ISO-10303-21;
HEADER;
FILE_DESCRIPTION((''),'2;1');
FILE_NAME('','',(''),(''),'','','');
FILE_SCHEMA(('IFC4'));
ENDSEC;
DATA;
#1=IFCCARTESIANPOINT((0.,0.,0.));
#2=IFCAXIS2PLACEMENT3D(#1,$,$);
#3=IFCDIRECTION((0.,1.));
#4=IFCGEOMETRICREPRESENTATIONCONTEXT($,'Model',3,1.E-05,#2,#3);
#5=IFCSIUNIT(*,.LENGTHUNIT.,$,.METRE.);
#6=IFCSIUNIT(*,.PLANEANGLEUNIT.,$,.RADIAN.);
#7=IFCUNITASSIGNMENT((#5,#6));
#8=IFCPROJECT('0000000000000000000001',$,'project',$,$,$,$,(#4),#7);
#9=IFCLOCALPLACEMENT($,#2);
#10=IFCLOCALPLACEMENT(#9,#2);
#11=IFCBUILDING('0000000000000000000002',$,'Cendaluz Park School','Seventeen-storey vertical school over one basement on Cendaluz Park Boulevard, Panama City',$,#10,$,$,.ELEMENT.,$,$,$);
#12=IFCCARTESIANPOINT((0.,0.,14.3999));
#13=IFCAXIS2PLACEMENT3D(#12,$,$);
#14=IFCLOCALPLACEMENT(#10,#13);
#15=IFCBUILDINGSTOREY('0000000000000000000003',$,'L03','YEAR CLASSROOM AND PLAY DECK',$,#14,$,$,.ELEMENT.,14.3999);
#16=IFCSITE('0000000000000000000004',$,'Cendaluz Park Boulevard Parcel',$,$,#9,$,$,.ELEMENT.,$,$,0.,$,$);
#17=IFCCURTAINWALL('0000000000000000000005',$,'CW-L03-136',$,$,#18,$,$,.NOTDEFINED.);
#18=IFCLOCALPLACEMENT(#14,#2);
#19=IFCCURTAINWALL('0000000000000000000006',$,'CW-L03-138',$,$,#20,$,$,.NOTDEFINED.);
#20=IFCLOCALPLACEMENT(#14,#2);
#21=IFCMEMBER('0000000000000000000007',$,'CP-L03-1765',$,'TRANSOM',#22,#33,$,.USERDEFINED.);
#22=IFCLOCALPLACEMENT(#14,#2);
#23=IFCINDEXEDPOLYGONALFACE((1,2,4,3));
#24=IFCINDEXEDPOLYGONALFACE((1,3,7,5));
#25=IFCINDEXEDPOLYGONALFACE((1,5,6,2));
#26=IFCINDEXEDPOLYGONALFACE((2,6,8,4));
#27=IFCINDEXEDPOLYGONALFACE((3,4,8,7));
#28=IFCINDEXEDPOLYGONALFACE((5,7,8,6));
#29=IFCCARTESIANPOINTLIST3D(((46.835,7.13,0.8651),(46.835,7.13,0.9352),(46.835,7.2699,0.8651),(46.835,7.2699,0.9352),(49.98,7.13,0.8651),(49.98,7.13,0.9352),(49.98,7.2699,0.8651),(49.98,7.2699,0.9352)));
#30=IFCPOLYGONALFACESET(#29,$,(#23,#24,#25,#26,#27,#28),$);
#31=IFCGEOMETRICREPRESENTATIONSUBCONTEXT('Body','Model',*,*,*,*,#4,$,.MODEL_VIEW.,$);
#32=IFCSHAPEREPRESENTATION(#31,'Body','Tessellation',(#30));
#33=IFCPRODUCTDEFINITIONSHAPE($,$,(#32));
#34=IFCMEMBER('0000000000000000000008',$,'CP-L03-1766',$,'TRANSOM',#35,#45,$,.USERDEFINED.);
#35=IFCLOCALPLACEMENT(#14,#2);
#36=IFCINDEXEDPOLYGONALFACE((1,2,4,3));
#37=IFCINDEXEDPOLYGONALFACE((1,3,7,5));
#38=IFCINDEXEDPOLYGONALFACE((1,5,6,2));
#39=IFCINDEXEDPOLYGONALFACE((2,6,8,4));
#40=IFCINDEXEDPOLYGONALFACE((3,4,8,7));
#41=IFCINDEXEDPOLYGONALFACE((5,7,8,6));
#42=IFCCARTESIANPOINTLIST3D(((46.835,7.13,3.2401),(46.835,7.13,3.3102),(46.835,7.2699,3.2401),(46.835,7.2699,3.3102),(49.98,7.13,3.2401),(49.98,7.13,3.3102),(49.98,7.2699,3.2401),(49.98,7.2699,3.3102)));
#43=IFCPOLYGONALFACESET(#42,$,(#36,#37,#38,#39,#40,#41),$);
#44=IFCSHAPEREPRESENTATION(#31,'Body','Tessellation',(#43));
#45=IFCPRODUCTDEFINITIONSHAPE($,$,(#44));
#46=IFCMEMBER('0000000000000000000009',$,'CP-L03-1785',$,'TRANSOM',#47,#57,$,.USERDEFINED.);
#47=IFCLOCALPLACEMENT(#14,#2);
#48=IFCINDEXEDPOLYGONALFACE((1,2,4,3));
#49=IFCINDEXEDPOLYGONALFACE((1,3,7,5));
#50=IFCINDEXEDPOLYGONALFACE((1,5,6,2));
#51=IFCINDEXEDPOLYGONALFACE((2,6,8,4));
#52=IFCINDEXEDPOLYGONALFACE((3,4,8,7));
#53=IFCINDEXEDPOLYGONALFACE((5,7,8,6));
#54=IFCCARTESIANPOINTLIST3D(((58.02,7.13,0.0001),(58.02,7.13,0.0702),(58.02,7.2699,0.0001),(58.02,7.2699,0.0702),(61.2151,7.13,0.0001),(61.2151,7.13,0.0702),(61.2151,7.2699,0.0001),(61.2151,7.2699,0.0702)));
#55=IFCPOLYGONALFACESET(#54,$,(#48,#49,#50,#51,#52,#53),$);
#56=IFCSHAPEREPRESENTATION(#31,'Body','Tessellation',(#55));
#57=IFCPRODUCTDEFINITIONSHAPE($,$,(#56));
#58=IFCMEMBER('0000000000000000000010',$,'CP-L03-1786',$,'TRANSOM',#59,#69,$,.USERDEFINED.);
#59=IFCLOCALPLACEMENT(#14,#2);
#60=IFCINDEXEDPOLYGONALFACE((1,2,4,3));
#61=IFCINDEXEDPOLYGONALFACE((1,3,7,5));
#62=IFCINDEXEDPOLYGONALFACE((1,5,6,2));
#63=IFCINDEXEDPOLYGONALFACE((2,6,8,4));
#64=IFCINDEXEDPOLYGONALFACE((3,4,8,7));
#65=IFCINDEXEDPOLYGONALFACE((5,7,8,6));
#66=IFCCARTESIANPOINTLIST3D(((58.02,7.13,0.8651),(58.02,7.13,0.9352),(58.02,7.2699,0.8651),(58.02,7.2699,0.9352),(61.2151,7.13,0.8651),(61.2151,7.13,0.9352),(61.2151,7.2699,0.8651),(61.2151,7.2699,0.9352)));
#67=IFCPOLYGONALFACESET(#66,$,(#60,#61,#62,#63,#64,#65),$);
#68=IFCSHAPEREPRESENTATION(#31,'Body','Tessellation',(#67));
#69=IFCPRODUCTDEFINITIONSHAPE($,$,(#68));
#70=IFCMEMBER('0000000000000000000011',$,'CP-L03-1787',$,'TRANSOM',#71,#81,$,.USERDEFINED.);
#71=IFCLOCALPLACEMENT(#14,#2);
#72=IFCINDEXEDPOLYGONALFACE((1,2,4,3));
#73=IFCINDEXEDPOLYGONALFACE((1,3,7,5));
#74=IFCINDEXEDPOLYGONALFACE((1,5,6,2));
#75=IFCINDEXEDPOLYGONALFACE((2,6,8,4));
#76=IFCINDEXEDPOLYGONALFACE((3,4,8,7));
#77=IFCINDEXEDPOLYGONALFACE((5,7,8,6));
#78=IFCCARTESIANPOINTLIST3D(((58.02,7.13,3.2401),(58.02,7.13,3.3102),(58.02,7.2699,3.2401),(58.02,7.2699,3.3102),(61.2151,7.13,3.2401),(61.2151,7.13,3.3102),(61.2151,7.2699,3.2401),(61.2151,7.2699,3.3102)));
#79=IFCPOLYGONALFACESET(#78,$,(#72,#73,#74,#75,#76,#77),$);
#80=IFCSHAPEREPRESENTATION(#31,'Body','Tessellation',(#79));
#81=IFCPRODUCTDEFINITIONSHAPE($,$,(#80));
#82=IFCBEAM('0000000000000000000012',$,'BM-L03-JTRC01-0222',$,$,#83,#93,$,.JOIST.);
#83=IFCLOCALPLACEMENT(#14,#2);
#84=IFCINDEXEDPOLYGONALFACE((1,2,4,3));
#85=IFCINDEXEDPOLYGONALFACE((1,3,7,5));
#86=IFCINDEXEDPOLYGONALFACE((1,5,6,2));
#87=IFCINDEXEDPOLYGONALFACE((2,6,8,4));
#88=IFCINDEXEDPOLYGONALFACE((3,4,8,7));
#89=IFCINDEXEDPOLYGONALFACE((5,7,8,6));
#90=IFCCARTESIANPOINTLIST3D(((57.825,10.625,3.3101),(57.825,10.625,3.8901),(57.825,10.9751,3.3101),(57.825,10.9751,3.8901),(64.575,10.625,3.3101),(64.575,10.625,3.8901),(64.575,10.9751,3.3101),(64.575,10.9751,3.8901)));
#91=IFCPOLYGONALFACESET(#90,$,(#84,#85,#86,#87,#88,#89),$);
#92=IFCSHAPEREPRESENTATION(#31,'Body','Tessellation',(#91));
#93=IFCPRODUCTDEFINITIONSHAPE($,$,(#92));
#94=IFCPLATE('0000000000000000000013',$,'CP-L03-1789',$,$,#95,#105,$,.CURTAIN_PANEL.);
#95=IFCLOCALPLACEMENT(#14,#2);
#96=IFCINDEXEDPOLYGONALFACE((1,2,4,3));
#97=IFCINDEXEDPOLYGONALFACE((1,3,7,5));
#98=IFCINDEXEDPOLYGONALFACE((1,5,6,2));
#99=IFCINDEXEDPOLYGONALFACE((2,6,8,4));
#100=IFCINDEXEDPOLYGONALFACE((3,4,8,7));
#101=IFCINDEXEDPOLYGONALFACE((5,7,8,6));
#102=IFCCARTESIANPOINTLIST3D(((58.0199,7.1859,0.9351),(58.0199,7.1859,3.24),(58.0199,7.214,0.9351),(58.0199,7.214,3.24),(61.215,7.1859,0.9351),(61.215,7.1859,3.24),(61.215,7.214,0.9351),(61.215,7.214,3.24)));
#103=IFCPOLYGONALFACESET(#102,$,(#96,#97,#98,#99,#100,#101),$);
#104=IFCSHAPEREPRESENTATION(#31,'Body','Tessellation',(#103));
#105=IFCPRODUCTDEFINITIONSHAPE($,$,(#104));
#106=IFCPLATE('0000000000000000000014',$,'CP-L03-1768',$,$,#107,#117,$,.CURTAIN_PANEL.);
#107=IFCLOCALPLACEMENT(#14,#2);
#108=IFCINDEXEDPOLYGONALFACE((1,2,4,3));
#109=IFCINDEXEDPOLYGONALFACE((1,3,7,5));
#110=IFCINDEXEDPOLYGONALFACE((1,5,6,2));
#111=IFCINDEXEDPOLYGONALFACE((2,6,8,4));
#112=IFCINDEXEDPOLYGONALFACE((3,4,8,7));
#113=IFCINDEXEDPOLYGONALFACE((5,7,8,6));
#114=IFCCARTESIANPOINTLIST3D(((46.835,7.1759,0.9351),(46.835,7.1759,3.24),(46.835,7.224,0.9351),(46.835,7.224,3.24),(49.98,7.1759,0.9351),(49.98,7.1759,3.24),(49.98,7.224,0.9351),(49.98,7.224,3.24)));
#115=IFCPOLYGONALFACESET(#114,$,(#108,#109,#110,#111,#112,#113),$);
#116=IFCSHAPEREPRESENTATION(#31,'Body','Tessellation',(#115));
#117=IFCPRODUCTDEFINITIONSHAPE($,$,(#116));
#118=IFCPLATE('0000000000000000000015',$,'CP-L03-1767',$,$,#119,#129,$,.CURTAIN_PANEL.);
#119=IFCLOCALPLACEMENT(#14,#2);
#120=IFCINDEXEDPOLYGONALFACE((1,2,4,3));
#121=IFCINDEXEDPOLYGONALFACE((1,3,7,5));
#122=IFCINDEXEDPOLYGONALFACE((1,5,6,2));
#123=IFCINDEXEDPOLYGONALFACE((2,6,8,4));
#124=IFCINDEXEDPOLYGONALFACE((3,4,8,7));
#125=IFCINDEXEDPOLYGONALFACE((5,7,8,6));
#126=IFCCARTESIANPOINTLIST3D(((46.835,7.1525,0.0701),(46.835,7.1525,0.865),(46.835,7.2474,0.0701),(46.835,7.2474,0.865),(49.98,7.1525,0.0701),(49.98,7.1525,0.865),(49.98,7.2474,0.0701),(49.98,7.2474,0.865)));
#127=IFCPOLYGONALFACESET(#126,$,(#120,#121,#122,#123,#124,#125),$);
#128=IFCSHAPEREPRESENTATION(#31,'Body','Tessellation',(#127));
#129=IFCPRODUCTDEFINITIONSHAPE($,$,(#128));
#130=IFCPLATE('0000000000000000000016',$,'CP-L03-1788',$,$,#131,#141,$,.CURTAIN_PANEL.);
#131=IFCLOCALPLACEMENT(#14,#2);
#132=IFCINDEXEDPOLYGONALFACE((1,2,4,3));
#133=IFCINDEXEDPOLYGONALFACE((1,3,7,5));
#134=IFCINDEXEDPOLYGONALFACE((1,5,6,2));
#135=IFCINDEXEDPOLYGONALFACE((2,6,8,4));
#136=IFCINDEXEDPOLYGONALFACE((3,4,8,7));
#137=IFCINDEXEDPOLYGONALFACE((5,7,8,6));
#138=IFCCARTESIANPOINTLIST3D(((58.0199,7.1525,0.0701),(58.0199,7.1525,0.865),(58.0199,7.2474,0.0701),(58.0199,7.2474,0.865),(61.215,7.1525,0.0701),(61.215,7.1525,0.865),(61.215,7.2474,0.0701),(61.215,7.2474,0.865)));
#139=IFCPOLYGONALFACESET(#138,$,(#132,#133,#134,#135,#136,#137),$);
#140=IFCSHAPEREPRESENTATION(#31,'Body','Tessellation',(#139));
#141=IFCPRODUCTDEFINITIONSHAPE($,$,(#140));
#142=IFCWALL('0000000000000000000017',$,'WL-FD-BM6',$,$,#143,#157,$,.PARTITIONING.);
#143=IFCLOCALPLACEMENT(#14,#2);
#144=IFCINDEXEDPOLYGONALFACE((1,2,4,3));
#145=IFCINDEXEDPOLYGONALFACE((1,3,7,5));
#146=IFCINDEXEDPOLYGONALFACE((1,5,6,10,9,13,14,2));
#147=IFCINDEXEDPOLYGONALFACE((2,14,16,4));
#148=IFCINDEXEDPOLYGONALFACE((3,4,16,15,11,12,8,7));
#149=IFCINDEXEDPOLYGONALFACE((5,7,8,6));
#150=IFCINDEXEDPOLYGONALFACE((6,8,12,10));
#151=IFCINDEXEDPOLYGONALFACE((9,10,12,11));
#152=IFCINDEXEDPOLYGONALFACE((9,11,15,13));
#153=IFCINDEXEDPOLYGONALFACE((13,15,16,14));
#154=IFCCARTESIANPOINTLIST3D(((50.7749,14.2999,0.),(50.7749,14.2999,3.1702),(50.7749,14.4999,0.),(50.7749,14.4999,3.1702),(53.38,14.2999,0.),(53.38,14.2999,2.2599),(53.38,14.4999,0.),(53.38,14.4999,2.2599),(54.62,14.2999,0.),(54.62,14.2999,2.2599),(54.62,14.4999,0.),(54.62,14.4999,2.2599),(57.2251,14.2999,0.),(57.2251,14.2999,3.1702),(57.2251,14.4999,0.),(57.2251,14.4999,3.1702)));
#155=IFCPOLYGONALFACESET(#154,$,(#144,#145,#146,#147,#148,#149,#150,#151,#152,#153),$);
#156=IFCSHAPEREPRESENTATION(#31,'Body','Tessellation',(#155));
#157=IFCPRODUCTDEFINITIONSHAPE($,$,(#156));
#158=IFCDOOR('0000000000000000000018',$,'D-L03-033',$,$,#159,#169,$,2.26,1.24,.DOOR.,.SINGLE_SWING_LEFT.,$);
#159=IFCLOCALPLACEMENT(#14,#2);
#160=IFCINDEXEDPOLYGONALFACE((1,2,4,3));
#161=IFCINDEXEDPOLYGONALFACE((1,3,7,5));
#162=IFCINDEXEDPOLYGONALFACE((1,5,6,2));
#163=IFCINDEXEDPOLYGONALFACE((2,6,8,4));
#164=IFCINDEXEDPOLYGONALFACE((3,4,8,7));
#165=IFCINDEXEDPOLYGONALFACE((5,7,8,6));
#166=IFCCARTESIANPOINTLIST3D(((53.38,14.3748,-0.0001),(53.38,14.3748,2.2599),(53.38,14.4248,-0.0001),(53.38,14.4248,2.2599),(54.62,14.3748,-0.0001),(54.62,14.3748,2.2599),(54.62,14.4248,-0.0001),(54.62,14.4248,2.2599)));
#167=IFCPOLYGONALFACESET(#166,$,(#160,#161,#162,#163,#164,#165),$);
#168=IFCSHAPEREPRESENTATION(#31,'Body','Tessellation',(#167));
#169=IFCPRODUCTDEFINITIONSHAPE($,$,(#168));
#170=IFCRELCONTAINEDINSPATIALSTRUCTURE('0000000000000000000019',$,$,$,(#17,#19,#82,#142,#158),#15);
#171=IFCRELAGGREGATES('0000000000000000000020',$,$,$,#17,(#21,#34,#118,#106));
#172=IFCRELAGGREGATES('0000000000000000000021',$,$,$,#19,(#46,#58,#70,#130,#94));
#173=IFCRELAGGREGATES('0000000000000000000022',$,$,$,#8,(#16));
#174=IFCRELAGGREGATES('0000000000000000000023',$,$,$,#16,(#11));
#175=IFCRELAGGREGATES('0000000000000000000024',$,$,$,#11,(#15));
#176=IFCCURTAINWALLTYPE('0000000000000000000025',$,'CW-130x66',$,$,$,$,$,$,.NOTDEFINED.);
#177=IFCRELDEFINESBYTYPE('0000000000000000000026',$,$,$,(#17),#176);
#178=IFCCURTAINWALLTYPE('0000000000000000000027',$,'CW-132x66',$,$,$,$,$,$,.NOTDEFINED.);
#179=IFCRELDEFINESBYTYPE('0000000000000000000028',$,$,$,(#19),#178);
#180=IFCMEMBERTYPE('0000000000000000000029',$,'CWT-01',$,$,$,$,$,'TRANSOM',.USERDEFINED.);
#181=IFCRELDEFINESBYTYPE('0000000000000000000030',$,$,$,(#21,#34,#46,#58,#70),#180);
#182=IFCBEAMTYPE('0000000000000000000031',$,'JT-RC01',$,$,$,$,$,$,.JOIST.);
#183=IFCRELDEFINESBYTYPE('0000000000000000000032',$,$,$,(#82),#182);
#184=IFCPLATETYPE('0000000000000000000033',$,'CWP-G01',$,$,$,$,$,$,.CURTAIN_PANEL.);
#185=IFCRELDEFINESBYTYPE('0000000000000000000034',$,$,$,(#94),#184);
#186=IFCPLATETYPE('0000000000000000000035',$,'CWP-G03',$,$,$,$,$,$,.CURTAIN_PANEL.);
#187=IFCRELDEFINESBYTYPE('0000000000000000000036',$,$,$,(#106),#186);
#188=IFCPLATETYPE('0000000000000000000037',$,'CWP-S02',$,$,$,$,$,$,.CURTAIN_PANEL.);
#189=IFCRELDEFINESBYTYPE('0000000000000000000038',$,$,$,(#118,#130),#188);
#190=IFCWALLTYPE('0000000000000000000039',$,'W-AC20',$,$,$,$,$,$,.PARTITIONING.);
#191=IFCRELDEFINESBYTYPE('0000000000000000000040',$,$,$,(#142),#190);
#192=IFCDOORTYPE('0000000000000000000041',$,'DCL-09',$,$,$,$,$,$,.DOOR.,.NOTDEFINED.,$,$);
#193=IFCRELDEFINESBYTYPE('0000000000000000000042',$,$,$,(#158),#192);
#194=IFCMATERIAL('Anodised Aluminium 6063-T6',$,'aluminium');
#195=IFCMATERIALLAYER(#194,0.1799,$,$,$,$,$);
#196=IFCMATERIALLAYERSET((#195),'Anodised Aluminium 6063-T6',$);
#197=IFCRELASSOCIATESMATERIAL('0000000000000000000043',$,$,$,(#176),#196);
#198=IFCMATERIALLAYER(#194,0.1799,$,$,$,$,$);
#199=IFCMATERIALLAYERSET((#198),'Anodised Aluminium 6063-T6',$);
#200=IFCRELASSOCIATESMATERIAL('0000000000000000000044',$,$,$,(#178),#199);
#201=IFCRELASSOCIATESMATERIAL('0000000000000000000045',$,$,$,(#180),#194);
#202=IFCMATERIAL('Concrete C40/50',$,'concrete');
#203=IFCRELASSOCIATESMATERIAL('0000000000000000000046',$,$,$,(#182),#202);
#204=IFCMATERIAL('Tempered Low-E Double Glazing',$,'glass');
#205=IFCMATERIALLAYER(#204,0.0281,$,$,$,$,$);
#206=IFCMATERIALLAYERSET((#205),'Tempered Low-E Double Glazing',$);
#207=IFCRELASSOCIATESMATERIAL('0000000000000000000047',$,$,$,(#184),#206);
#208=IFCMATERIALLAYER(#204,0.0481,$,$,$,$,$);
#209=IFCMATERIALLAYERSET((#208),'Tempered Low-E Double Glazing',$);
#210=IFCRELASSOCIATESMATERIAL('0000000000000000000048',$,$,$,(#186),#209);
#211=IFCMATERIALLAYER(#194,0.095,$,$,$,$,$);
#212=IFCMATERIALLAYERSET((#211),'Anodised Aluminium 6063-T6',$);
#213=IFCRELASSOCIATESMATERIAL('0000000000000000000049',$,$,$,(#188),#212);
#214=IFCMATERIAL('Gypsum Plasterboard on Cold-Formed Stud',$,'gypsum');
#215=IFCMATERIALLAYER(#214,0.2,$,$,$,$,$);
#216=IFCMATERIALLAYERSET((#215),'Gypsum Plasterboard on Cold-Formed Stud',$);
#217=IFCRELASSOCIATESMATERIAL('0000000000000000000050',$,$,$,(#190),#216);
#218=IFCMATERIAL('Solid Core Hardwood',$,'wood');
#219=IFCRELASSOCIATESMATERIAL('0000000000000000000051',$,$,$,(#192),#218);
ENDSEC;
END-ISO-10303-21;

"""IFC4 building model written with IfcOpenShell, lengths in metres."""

from ifc_helpers import new_model, si_unit, direction, frame, frame_2d, origin, origin_2d, place, context, subcontext, project, spatial, rectangle, extrude, material, layer, layer_set, material_profile, profile_set, type_object, element, fill, aggregate, save


model = new_model("IFC4")

# Units and contexts
model_context = context("Model", 3, precision=1e-05, world=origin(), true_north=direction((0.0, 1.0)))
body_context = subcontext(model_context, "Body", "Model", "MODEL_VIEW")
ifc_project = project(units=[si_unit("LENGTHUNIT", "METRE"), si_unit("PLANEANGLEUNIT", "RADIAN")], contexts=[model_context])

# Site, building, storey
site_placement = place(None, origin())
site = spatial("IfcSite", under=ifc_project, at=site_placement, Name="Cendaluz Park Boulevard Parcel", CompositionType="ELEMENT", RefElevation=0.0)
building_placement = place(site_placement, origin())
building = spatial("IfcBuilding", under=site, at=building_placement, Name="Cendaluz Park School", Description="Seventeen-storey vertical school over one basement on Cendaluz Park Boulevard, Panama City", CompositionType="ELEMENT")
storey_placement = place(building_placement, frame((0.0, 0.0, 14.3999)))
storey = spatial("IfcBuildingStorey", under=building, at=storey_placement, Name="L03", Description="YEAR CLASSROOM AND PLAY DECK", CompositionType="ELEMENT", Elevation=14.3999)

# Shared definitions
ifc_material_1 = material(Name="Concrete C40/50", Category="concrete")

# Curtain wall
ifc_material_2 = material(Name="Anodised Aluminium 6063-T6", Category="aluminium")
ifc_layer_1 = layer(ifc_material_2, 0.1799)
ifc_layer_set_1 = layer_set([ifc_layer_1], Name="Anodised Aluminium 6063-T6")
curtain_wall_type_1 = type_object("IfcCurtainWallType", Name="CW-130x66", PredefinedType="NOTDEFINED", material=ifc_layer_set_1)
curtain_wall_1_placement = place(storey_placement, origin())
curtain_wall_1 = element("IfcCurtainWall", 1, at=curtain_wall_1_placement, inside=storey, type_object=curtain_wall_type_1, Name="CW-L03-136", PredefinedType="NOTDEFINED")

# Curtain wall
ifc_layer_2 = layer(ifc_material_2, 0.1799)
ifc_layer_set_2 = layer_set([ifc_layer_2], Name="Anodised Aluminium 6063-T6")
curtain_wall_type_2 = type_object("IfcCurtainWallType", Name="CW-132x66", PredefinedType="NOTDEFINED", material=ifc_layer_set_2)
curtain_wall_2_placement = place(storey_placement, origin())
curtain_wall_2 = element("IfcCurtainWall", 2, at=curtain_wall_2_placement, inside=storey, type_object=curtain_wall_type_2, Name="CW-L03-138", PredefinedType="NOTDEFINED")

# Members
ifc_material_profile_1 = material_profile(ifc_material_2, rectangle(XDim=0.1399, YDim=0.0701, at=origin_2d()), Name="CWT 140x70", Category="aluminium")
ifc_profile_set_1 = profile_set([ifc_material_profile_1], Name="Anodised Aluminium 6063-T6")
member_type_1 = type_object("IfcMemberType", Name="CWT-01", ElementType="TRANSOM", PredefinedType="USERDEFINED", material=ifc_profile_set_1)
member_1_placement = place(storey_placement, frame((46.835, 7.2, 0.9001), z_axis=(1.0, 0.0, 0.0), x_axis=(0.0, 1.0, 0.0)))
member_1 = element("IfcMember", 3, at=member_1_placement, type_object=member_type_1, Name="CP-L03-1765", ObjectType="TRANSOM", PredefinedType="USERDEFINED", context=body_context, shape_type="SweptSolid", body=[
    extrude(rectangle(XDim=0.1399, YDim=0.0701, at=origin_2d()), origin(), (0.0, 0.0, 1.0), 3.145),
])
member_2_placement = place(storey_placement, frame((46.835, 7.2, 3.2751), z_axis=(1.0, 0.0, 0.0), x_axis=(0.0, 1.0, 0.0)))
member_2 = element("IfcMember", 4, at=member_2_placement, type_object=member_type_1, Name="CP-L03-1766", ObjectType="TRANSOM", PredefinedType="USERDEFINED", context=body_context, shape_type="SweptSolid", body=[
    extrude(rectangle(XDim=0.1399, YDim=0.0701, at=origin_2d()), origin(), (0.0, 0.0, 1.0), 3.145),
])
member_3_placement = place(storey_placement, frame((58.02, 7.2, 0.0352), z_axis=(1.0, 0.0, 0.0), x_axis=(0.0, 1.0, 0.0)))
member_3 = element("IfcMember", 5, at=member_3_placement, type_object=member_type_1, Name="CP-L03-1785", ObjectType="TRANSOM", PredefinedType="USERDEFINED", context=body_context, shape_type="SweptSolid", body=[
    extrude(rectangle(XDim=0.1399, YDim=0.0701, at=origin_2d()), origin(), (0.0, 0.0, 1.0), 3.1951),
])
member_4_placement = place(storey_placement, frame((58.02, 7.2, 0.9001), z_axis=(1.0, 0.0, 0.0), x_axis=(0.0, 1.0, 0.0)))
member_4 = element("IfcMember", 6, at=member_4_placement, type_object=member_type_1, Name="CP-L03-1786", ObjectType="TRANSOM", PredefinedType="USERDEFINED", context=body_context, shape_type="SweptSolid", body=[
    extrude(rectangle(XDim=0.1399, YDim=0.0701, at=origin_2d()), origin(), (0.0, 0.0, 1.0), 3.1951),
])
member_5_placement = place(storey_placement, frame((58.02, 7.2, 3.2751), z_axis=(1.0, 0.0, 0.0), x_axis=(0.0, 1.0, 0.0)))
member_5 = element("IfcMember", 7, at=member_5_placement, type_object=member_type_1, Name="CP-L03-1787", ObjectType="TRANSOM", PredefinedType="USERDEFINED", context=body_context, shape_type="SweptSolid", body=[
    extrude(rectangle(XDim=0.1399, YDim=0.0701, at=origin_2d()), origin(), (0.0, 0.0, 1.0), 3.1951),
])

# Beam
ifc_material_profile_2 = material_profile(ifc_material_1, rectangle(XDim=0.3501, YDim=0.5801, at=origin_2d()), Name="RC 350x580", Category="concrete")
ifc_profile_set_2 = profile_set([ifc_material_profile_2], Name="Concrete C40/50")
beam_type_1 = type_object("IfcBeamType", Name="JT-RC01", PredefinedType="JOIST", material=ifc_profile_set_2)
beam_1_placement = place(storey_placement, frame((57.825, 10.8, 3.6001), z_axis=(1.0, 0.0, 0.0), x_axis=(0.0, 1.0, 0.0)))
element("IfcBeam", 8, at=beam_1_placement, inside=storey, type_object=beam_type_1, Name="BM-L03-JTRC01-0222", PredefinedType="JOIST", context=body_context, shape_type="SweptSolid", body=[
    extrude(rectangle(XDim=0.3501, YDim=0.5801, at=origin_2d()), origin(), (0.0, 0.0, 1.0), 6.75),
])

# Plates
ifc_material_3 = material(Name="Tempered Low-E Double Glazing", Category="glass")
ifc_layer_3 = layer(ifc_material_3, 0.0281)
ifc_layer_set_3 = layer_set([ifc_layer_3], Name="Tempered Low-E Double Glazing")
plate_type_1 = type_object("IfcPlateType", Name="CWP-G01", PredefinedType="CURTAIN_PANEL", material=ifc_layer_set_3)
plate_1_placement = place(storey_placement, frame((59.6174, 7.2, 0.9351), z_axis=(0.0, 0.0, 1.0), x_axis=(1.0, 0.0, 0.0)))
plate_1 = element("IfcPlate", 9, at=plate_1_placement, type_object=plate_type_1, Name="CP-L03-1789", PredefinedType="CURTAIN_PANEL", context=body_context, shape_type="SweptSolid", body=[
    extrude(rectangle(XDim=3.1951, YDim=0.0281, at=origin_2d()), origin(), (0.0, 0.0, 1.0), 2.3049),
])
ifc_layer_4 = layer(ifc_material_3, 0.0481)
ifc_layer_set_4 = layer_set([ifc_layer_4], Name="Tempered Low-E Double Glazing")
plate_type_2 = type_object("IfcPlateType", Name="CWP-G03", PredefinedType="CURTAIN_PANEL", material=ifc_layer_set_4)
plate_2_placement = place(storey_placement, frame((48.4075, 7.2, 0.9351), z_axis=(0.0, 0.0, 1.0), x_axis=(1.0, 0.0, 0.0)))
plate_2 = element("IfcPlate", 10, at=plate_2_placement, type_object=plate_type_2, Name="CP-L03-1768", PredefinedType="CURTAIN_PANEL", context=body_context, shape_type="SweptSolid", body=[
    extrude(rectangle(XDim=3.145, YDim=0.0481, at=origin_2d()), origin(), (0.0, 0.0, 1.0), 2.3049),
])
ifc_layer_5 = layer(ifc_material_2, 0.095)
ifc_layer_set_5 = layer_set([ifc_layer_5], Name="Anodised Aluminium 6063-T6")
plate_type_3 = type_object("IfcPlateType", Name="CWP-S02", PredefinedType="CURTAIN_PANEL", material=ifc_layer_set_5)
plate_3_placement = place(storey_placement, frame((48.4075, 7.2, 0.0701), z_axis=(0.0, 0.0, 1.0), x_axis=(1.0, 0.0, 0.0)))
plate_3 = element("IfcPlate", 11, at=plate_3_placement, type_object=plate_type_3, Name="CP-L03-1767", PredefinedType="CURTAIN_PANEL", context=body_context, shape_type="SweptSolid", body=[
    extrude(rectangle(XDim=3.145, YDim=0.095, at=origin_2d()), origin(), (0.0, 0.0, 1.0), 0.7949),
])
aggregate(curtain_wall_1, [member_1, member_2, plate_3, plate_2])
plate_4_placement = place(storey_placement, frame((59.6174, 7.2, 0.0701), z_axis=(0.0, 0.0, 1.0), x_axis=(1.0, 0.0, 0.0)))
plate_4 = element("IfcPlate", 12, at=plate_4_placement, type_object=plate_type_3, Name="CP-L03-1788", PredefinedType="CURTAIN_PANEL", context=body_context, shape_type="SweptSolid", body=[
    extrude(rectangle(XDim=3.1951, YDim=0.095, at=origin_2d()), origin(), (0.0, 0.0, 1.0), 0.7949),
])
aggregate(curtain_wall_2, [member_3, member_4, member_5, plate_4, plate_1])

# Wall, opening, door
ifc_material_4 = material(Name="Gypsum Plasterboard on Cold-Formed Stud", Category="gypsum")
ifc_layer_6 = layer(ifc_material_4, 0.2)
ifc_layer_set_6 = layer_set([ifc_layer_6], Name="Gypsum Plasterboard on Cold-Formed Stud")
wall_type_1 = type_object("IfcWallType", Name="W-AC20", PredefinedType="PARTITIONING", material=ifc_layer_set_6)
wall_1_placement = place(storey_placement, frame((50.7749, 14.3999, 0.0), z_axis=(0.0, 0.0, 1.0), x_axis=(1.0, 0.0, 0.0)))
wall_1 = element("IfcWall", 13, at=wall_1_placement, inside=storey, type_object=wall_type_1, Name="WL-FD-BM6", PredefinedType="PARTITIONING", context=body_context, shape_type="SweptSolid", body=[
    extrude(rectangle(XDim=6.4502, YDim=0.2, at=frame_2d((3.2251, 0.0))), origin(), (0.0, 0.0, 1.0), 3.1702),
])
opening_1_placement = place(wall_1_placement, frame((2.605, 0.0, 0.0)))
opening_1 = element("IfcOpeningElement", 14, at=opening_1_placement, cuts=wall_1, PredefinedType="OPENING", context=body_context, shape_type="SweptSolid", body=[
    extrude(rectangle(XDim=1.24, YDim=2.26, at=frame_2d((0.6201, 1.1299))), frame((0.0, 0.1121, 0.0), z_axis=(0.0, -1.0, 0.0), x_axis=(1.0, 0.0, 0.0)), (0.0, 0.0, 1.0), 0.2239),
])
ifc_material_5 = material(Name="Solid Core Hardwood", Category="wood")
door_type_1 = type_object("IfcDoorType", Name="DCL-09", OperationType="NOTDEFINED", PredefinedType="DOOR", material=ifc_material_5)
door_1_placement = place(opening_1_placement, origin())
door_1 = element("IfcDoor", 15, at=door_1_placement, inside=storey, type_object=door_type_1, Name="D-L03-033", OperationType="SINGLE_SWING_LEFT", OverallHeight=2.26, OverallWidth=1.24, PredefinedType="DOOR", context=body_context, shape_type="SweptSolid", body=[
    extrude(rectangle(XDim=1.24, YDim=2.26, at=frame_2d((0.6201, 1.1299))), frame((0.0, 0.0249, 0.0), z_axis=(0.0, -1.0, 0.0), x_axis=(1.0, 0.0, 0.0)), (0.0, 0.0, 1.0), 0.05),
])
fill(opening_1, door_1)

save(model, "model.ifc")
